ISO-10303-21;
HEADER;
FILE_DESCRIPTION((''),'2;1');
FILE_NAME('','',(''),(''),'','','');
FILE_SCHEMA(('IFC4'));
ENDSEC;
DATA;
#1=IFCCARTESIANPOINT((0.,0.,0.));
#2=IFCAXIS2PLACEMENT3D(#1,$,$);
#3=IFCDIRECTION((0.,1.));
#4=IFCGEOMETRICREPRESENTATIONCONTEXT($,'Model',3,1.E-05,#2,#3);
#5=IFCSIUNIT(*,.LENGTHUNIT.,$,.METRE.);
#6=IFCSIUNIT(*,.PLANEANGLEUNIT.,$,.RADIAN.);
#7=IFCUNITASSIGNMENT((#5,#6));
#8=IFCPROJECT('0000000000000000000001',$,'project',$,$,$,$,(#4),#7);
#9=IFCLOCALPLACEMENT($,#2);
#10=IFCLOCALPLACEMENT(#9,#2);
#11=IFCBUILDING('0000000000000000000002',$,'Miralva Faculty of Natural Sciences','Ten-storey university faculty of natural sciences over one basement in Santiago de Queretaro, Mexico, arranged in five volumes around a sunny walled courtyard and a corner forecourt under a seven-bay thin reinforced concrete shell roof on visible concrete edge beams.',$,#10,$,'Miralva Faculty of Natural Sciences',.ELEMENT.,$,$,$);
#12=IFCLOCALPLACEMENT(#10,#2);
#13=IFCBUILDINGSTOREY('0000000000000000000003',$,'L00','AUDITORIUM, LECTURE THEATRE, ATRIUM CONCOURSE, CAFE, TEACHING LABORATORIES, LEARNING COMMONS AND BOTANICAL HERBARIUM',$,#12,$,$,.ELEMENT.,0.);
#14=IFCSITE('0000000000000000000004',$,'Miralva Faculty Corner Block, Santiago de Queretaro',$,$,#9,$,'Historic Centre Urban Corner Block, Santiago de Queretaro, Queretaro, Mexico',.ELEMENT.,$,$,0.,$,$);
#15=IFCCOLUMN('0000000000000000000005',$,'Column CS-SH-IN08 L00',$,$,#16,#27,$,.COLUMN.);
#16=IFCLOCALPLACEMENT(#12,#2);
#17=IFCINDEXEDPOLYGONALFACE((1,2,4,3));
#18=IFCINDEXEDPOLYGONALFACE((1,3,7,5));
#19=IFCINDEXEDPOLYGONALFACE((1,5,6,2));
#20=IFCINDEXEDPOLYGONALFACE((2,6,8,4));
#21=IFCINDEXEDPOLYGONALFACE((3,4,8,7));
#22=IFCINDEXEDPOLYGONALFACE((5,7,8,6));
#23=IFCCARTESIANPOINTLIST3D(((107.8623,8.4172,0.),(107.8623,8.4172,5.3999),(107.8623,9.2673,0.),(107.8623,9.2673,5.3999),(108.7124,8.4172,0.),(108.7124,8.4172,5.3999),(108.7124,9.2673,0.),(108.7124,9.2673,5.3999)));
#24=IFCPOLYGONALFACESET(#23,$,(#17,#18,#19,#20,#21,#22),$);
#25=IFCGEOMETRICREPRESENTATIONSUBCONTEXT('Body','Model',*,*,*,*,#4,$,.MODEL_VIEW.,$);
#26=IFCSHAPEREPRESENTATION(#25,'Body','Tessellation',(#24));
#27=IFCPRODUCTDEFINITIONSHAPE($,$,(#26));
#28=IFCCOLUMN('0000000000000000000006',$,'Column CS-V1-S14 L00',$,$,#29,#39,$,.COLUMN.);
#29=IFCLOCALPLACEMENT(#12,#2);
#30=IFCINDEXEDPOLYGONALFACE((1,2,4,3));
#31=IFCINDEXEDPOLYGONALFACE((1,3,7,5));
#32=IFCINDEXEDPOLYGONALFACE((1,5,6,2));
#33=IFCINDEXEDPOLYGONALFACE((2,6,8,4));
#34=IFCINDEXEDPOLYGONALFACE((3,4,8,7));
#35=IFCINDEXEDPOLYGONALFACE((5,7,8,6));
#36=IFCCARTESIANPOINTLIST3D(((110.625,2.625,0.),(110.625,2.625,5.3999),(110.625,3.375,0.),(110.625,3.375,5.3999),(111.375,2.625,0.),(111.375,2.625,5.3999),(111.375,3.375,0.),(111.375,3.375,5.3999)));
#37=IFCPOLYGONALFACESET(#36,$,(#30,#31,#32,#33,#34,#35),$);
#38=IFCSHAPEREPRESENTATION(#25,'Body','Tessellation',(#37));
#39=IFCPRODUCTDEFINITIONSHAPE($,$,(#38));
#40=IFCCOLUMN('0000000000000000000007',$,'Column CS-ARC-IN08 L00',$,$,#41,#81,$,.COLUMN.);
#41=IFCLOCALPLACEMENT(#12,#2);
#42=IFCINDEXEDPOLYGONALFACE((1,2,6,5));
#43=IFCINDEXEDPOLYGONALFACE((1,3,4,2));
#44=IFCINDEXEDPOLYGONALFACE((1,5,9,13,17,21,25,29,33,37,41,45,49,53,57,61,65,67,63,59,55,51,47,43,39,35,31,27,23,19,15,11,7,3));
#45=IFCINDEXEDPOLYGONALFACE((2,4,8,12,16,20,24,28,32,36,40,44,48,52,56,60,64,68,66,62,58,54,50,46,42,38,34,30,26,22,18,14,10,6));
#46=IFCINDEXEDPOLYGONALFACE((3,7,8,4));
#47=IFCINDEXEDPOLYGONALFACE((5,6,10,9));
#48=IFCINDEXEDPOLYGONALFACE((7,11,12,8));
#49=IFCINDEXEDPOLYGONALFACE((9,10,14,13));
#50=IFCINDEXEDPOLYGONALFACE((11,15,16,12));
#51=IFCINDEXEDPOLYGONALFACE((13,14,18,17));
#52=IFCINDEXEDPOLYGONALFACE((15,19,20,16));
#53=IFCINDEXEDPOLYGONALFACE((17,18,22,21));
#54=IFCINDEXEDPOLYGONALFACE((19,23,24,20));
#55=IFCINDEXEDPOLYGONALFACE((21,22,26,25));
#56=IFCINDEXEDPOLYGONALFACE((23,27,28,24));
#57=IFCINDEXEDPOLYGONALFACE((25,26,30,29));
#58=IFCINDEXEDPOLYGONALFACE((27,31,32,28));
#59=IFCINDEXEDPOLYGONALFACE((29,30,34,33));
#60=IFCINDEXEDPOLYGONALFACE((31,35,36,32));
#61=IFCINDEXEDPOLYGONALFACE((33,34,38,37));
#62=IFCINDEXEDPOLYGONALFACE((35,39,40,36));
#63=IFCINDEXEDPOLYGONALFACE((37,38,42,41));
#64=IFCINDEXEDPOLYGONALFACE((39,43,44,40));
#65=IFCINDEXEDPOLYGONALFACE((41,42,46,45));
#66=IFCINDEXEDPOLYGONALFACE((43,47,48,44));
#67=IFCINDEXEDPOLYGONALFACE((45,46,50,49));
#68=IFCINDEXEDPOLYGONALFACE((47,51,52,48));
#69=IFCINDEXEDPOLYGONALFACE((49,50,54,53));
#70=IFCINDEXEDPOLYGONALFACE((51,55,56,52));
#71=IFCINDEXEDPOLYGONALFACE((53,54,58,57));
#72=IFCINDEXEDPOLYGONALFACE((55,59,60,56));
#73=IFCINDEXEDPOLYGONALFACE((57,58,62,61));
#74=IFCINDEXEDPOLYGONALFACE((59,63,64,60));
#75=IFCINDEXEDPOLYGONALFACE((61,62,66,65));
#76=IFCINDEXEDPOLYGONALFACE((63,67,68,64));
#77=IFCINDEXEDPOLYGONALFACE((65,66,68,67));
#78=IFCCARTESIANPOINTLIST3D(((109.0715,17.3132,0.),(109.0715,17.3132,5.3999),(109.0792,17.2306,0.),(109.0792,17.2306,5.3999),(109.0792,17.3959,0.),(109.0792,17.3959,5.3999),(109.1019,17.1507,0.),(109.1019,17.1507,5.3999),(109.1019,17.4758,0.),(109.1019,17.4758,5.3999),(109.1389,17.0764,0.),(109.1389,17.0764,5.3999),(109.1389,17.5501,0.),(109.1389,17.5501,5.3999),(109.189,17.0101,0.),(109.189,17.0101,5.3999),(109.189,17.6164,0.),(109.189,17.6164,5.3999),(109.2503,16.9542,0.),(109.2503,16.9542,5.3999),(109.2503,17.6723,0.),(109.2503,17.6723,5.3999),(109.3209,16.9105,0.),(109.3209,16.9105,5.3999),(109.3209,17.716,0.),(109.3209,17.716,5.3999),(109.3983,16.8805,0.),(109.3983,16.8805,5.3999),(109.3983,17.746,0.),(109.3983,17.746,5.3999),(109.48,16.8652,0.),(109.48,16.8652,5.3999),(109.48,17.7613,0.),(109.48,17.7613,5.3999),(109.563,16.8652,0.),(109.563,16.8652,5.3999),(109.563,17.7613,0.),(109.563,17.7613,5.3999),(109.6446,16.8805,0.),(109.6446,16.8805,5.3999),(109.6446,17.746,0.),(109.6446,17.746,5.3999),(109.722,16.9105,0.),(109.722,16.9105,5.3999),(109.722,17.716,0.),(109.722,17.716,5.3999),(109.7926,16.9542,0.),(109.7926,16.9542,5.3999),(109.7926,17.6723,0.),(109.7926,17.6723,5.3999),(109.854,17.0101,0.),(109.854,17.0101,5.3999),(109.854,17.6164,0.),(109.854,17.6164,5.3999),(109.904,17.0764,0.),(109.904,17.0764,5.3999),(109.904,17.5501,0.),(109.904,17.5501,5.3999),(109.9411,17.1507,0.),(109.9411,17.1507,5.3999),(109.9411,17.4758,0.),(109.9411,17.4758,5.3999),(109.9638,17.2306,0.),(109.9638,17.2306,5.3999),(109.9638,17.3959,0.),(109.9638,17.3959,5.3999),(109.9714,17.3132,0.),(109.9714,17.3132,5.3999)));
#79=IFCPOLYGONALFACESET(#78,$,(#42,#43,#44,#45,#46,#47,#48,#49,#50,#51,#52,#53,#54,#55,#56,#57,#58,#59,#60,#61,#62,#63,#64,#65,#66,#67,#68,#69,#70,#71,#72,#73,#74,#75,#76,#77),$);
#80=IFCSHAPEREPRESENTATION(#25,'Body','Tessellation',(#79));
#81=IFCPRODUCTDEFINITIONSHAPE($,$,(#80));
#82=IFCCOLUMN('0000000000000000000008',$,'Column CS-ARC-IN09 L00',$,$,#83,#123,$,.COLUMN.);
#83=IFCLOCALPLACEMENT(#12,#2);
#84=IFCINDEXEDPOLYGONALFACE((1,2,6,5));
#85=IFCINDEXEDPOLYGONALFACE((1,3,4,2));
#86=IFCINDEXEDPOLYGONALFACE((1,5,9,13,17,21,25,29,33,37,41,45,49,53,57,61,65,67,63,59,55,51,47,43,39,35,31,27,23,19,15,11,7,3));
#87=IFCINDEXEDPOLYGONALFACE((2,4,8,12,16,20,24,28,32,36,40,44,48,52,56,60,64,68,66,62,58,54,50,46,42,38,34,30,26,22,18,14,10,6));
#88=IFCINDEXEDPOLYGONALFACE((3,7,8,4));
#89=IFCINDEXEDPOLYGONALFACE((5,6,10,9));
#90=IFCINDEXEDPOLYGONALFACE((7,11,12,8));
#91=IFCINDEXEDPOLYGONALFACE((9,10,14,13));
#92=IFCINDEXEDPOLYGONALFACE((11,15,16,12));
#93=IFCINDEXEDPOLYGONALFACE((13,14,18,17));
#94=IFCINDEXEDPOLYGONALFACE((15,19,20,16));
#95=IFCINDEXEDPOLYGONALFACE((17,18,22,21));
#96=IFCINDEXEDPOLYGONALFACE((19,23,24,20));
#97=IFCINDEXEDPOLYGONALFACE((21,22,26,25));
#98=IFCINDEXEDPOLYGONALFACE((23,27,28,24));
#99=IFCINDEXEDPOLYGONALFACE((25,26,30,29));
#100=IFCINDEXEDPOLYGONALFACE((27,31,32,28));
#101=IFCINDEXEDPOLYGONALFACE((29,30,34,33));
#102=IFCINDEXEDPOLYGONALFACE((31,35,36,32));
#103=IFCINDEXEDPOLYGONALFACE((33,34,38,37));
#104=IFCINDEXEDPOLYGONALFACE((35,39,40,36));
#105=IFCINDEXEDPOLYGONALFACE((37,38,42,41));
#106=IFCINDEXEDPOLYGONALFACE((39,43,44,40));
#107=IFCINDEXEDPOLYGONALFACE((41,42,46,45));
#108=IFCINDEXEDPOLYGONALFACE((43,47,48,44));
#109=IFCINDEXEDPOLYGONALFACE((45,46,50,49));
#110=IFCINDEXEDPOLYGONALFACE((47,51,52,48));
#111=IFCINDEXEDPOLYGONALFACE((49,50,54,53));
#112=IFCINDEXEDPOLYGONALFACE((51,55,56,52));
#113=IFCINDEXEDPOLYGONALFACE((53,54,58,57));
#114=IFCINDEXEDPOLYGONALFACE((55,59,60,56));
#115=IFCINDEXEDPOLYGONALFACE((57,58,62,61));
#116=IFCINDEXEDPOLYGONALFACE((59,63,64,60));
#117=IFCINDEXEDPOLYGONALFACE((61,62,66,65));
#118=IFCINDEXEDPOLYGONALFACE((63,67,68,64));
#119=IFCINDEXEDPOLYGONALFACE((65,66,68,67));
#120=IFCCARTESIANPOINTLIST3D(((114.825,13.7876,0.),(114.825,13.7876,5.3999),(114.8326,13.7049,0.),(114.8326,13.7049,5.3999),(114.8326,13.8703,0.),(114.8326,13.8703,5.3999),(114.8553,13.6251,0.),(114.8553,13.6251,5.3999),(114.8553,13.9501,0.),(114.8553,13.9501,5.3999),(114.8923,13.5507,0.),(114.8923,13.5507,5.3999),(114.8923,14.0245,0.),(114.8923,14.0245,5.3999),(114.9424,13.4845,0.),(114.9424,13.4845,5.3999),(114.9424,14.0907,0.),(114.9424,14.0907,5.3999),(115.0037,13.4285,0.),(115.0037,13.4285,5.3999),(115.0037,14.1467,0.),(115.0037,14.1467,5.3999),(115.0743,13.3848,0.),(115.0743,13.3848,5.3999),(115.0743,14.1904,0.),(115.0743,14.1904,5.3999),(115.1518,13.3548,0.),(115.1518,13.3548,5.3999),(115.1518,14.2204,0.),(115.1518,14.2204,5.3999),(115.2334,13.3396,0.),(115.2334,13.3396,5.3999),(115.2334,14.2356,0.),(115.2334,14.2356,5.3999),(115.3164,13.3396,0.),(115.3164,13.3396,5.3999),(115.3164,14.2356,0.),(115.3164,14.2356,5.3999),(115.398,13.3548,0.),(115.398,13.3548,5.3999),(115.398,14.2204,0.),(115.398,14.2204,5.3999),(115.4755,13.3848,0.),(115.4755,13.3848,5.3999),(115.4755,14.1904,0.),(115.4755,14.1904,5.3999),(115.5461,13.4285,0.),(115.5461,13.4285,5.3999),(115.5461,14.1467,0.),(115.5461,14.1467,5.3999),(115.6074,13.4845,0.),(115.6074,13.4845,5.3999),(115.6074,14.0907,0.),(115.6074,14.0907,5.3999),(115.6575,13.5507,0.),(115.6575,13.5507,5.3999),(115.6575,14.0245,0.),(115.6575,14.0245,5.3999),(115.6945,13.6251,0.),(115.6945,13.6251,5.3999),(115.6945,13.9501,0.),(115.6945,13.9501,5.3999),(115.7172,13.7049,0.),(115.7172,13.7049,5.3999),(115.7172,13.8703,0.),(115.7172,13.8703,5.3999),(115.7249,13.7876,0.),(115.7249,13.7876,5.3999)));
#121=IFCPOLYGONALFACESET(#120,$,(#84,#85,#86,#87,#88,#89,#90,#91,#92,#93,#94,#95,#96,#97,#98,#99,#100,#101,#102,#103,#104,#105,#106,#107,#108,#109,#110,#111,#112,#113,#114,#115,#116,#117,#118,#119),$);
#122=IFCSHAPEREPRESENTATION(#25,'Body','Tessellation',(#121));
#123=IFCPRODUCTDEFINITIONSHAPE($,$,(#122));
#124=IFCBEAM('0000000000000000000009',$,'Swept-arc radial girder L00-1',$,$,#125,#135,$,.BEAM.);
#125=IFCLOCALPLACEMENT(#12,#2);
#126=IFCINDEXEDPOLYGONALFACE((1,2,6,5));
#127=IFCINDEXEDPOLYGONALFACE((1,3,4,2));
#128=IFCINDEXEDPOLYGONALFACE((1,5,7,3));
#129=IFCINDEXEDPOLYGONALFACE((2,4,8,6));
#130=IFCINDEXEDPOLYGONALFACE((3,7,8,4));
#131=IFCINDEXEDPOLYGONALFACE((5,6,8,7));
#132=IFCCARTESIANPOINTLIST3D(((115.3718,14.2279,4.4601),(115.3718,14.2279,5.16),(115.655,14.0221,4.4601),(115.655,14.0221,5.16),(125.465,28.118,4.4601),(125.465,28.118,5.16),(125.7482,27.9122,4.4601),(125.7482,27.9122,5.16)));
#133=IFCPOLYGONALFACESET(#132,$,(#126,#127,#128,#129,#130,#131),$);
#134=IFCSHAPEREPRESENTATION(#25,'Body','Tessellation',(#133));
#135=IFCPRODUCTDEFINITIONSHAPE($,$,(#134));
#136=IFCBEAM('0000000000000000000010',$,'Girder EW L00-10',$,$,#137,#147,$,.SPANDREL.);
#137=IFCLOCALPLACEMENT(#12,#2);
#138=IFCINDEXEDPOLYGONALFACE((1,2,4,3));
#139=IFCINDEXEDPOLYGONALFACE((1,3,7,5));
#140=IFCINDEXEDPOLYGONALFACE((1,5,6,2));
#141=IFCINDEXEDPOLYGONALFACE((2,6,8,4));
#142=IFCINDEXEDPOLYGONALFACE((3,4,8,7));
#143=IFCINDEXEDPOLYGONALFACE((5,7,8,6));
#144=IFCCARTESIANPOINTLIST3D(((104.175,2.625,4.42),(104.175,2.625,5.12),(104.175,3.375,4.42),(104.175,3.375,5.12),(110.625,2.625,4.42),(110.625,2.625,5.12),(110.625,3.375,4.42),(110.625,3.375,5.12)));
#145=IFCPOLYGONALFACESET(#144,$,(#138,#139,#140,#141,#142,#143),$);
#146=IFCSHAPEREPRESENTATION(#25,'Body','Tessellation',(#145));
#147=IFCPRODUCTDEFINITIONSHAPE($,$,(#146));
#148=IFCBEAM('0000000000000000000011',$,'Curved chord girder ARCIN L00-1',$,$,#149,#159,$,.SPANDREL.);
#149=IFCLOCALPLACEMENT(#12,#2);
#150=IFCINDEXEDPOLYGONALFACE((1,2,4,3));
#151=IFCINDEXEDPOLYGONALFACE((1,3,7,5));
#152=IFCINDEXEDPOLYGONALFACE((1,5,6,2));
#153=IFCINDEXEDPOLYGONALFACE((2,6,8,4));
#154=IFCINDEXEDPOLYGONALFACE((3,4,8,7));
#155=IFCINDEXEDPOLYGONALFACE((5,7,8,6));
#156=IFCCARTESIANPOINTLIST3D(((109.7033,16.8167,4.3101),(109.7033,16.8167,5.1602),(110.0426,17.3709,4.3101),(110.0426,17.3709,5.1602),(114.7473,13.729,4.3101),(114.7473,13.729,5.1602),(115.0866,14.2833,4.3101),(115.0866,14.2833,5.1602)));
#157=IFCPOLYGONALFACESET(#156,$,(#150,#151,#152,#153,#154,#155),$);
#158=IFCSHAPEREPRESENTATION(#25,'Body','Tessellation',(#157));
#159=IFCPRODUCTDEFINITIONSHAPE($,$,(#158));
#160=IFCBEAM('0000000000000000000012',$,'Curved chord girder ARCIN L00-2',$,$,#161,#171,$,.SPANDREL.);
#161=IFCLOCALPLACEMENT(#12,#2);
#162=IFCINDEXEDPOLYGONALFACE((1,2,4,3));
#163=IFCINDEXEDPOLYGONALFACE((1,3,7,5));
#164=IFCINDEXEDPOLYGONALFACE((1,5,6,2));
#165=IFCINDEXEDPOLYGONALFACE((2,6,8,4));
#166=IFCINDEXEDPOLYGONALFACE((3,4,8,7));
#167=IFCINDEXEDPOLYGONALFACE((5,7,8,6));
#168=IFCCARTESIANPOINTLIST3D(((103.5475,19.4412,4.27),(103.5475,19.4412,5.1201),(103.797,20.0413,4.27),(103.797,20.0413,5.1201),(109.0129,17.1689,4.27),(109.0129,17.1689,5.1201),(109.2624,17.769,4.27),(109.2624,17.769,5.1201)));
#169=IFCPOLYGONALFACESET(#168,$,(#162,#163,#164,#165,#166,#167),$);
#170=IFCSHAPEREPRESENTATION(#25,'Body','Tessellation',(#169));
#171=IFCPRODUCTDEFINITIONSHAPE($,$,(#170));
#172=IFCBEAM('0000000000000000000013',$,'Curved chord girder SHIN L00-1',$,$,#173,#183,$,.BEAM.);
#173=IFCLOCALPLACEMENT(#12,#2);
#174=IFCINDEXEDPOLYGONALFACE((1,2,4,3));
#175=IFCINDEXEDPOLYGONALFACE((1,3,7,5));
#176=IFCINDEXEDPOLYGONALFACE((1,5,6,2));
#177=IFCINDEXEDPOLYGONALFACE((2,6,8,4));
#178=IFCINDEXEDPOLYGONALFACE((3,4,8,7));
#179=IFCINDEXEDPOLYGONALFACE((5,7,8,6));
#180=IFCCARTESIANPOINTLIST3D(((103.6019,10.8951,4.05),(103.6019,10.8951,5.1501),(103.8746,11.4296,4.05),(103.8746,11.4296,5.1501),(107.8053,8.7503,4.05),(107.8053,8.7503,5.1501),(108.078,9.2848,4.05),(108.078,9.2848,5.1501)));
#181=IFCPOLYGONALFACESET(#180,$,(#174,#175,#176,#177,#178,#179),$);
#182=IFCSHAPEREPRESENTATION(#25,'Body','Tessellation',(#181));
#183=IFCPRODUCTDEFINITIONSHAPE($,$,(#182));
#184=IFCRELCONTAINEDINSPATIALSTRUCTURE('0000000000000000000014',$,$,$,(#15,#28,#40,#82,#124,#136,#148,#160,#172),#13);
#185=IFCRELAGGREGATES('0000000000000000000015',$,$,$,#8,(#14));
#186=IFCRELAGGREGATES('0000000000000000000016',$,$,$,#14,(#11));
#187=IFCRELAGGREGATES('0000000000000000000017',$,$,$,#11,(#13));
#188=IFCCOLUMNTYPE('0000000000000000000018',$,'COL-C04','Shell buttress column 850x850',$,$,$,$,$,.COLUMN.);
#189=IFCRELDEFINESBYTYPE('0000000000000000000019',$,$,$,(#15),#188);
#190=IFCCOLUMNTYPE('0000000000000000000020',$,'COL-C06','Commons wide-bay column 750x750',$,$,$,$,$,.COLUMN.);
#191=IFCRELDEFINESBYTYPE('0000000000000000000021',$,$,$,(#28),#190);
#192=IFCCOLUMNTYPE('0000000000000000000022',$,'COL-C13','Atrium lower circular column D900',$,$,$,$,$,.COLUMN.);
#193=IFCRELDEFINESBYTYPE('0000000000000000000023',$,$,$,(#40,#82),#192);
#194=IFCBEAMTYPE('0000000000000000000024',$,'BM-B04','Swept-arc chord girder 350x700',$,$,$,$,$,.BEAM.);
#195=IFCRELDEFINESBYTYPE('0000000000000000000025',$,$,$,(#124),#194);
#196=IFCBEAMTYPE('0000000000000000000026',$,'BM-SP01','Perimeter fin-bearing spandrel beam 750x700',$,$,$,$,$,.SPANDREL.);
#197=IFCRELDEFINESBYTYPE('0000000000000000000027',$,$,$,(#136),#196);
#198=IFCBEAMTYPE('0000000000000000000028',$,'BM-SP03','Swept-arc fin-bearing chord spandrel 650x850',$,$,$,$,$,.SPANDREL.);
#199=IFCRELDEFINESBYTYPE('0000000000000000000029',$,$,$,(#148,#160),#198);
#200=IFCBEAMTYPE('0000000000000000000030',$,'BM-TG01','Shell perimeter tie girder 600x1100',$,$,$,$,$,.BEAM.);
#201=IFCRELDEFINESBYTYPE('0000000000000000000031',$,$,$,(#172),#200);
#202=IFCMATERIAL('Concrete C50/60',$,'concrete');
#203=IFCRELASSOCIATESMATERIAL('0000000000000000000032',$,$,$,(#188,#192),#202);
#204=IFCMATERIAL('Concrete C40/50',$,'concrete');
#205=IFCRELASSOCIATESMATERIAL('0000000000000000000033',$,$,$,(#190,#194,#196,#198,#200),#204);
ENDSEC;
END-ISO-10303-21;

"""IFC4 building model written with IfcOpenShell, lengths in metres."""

from ifc_helpers import new_model, si_unit, direction, frame, origin, origin_2d, place, context, subcontext, project, spatial, rectangle, circle, extrude, material, material_profile, profile_set, type_object, element, save


model = new_model("IFC4")

# Units and contexts
model_context = context("Model", 3, precision=1e-05, world=origin(), true_north=direction((0.0, 1.0)))
body_context = subcontext(model_context, "Body", "Model", "MODEL_VIEW")
ifc_project = project(units=[si_unit("LENGTHUNIT", "METRE"), si_unit("PLANEANGLEUNIT", "RADIAN")], contexts=[model_context])

# Site, building, storey
site_placement = place(None, origin())
site = spatial("IfcSite", under=ifc_project, at=site_placement, Name="Miralva Faculty Corner Block, Santiago de Queretaro", LongName="Historic Centre Urban Corner Block, Santiago de Queretaro, Queretaro, Mexico", CompositionType="ELEMENT", RefElevation=0.0)
building_placement = place(site_placement, origin())
building = spatial("IfcBuilding", under=site, at=building_placement, Name="Miralva Faculty of Natural Sciences", Description="Ten-storey university faculty of natural sciences over one basement in Santiago de Queretaro, Mexico, arranged in five volumes around a sunny walled courtyard and a corner forecourt under a seven-bay thin reinforced concrete shell roof on visible concrete edge beams.", LongName="Miralva Faculty of Natural Sciences", CompositionType="ELEMENT")
storey_placement = place(building_placement, origin())
storey = spatial("IfcBuildingStorey", under=building, at=storey_placement, Name="L00", Description="AUDITORIUM, LECTURE THEATRE, ATRIUM CONCOURSE, CAFE, TEACHING LABORATORIES, LEARNING COMMONS AND BOTANICAL HERBARIUM", CompositionType="ELEMENT", Elevation=0.0)

# Columns
ifc_material_1 = material(Name="Concrete C50/60", Category="concrete")
ifc_material_profile_1 = material_profile(ifc_material_1, rectangle(XDim=0.8501, YDim=0.8501, at=origin_2d()), Name="RC 850x850")
ifc_profile_set_1 = profile_set([ifc_material_profile_1], Name="Concrete C50/60")
column_type_1 = type_object("IfcColumnType", Name="COL-C04", Description="Shell buttress column 850x850", PredefinedType="COLUMN", material=ifc_profile_set_1)
column_1_placement = place(storey_placement, frame((108.2874, 8.8423, 0.0), z_axis=(0.0, 0.0, 1.0), x_axis=(1.0, 0.0, 0.0)))
element("IfcColumn", 1, at=column_1_placement, inside=storey, type_object=column_type_1, Name="Column CS-SH-IN08 L00", PredefinedType="COLUMN", context=body_context, shape_type="SweptSolid", body=[
    extrude(rectangle(XDim=0.8501, YDim=0.8501, at=origin_2d()), origin(), (0.0, 0.0, 1.0), 5.3999),
])
ifc_material_2 = material(Name="Concrete C40/50", Category="concrete")
ifc_material_profile_2 = material_profile(ifc_material_2, rectangle(XDim=0.75, YDim=0.75, at=origin_2d()), Name="RC 750x750")
ifc_profile_set_2 = profile_set([ifc_material_profile_2], Name="Concrete C40/50")
column_type_2 = type_object("IfcColumnType", Name="COL-C06", Description="Commons wide-bay column 750x750", PredefinedType="COLUMN", material=ifc_profile_set_2)
column_2_placement = place(storey_placement, frame((111.0, 3.0, 0.0), z_axis=(0.0, 0.0, 1.0), x_axis=(1.0, 0.0, 0.0)))
element("IfcColumn", 2, at=column_2_placement, inside=storey, type_object=column_type_2, Name="Column CS-V1-S14 L00", PredefinedType="COLUMN", context=body_context, shape_type="SweptSolid", body=[
    extrude(rectangle(XDim=0.75, YDim=0.75, at=origin_2d()), origin(), (0.0, 0.0, 1.0), 5.3999),
])
ifc_material_profile_3 = material_profile(ifc_material_1, circle(Radius=0.45, at=origin_2d()), Name="RC DIA 900")
ifc_profile_set_3 = profile_set([ifc_material_profile_3], Name="Concrete C50/60")
column_type_3 = type_object("IfcColumnType", Name="COL-C13", Description="Atrium lower circular column D900", PredefinedType="COLUMN", material=ifc_profile_set_3)
for number, where, z_axis, x_axis, name in (
    (3, (109.5215, 17.3132, 0.0), (0.0, 0.0, 1.0), (1.0, 0.0, 0.0), "Column CS-ARC-IN08 L00"),
    (4, (115.2749, 13.7876, 0.0), (0.0, 0.0, 1.0), (1.0, 0.0, 0.0), "Column CS-ARC-IN09 L00"),
):
    element("IfcColumn", number, at=place(storey_placement, frame(where, z_axis=z_axis, x_axis=x_axis)), inside=storey, type_object=column_type_3, Name=name, PredefinedType="COLUMN", context=body_context, shape_type="SweptSolid", body=[
        extrude(circle(Radius=0.45, at=origin_2d()), origin(), (0.0, 0.0, 1.0), 5.3999),
    ])

# Beams
ifc_material_profile_4 = material_profile(ifc_material_2, rectangle(XDim=0.3501, YDim=0.7, at=origin_2d()), Name="RC 350x700")
ifc_profile_set_4 = profile_set([ifc_material_profile_4], Name="Concrete C40/50")
beam_type_1 = type_object("IfcBeamType", Name="BM-B04", Description="Swept-arc chord girder 350x700", PredefinedType="BEAM", material=ifc_profile_set_4)
beam_1_placement = place(storey_placement, frame((115.5134, 14.125, 4.8101), z_axis=(0.587842, 0.808976, 0.0), x_axis=(-0.808976, 0.587842, 0.0)))
element("IfcBeam", 5, at=beam_1_placement, inside=storey, type_object=beam_type_1, Name="Swept-arc radial girder L00-1", PredefinedType="BEAM", context=body_context, shape_type="SweptSolid", body=[
    extrude(rectangle(XDim=0.3501, YDim=0.7, at=origin_2d()), origin(), (0.0, 0.0, 1.0), 17.1699),
])
ifc_material_profile_5 = material_profile(ifc_material_2, rectangle(XDim=0.75, YDim=0.7, at=origin_2d()), Name="RC 750x700")
ifc_profile_set_5 = profile_set([ifc_material_profile_5], Name="Concrete C40/50")
beam_type_2 = type_object("IfcBeamType", Name="BM-SP01", Description="Perimeter fin-bearing spandrel beam 750x700", PredefinedType="SPANDREL", material=ifc_profile_set_5)
beam_2_placement = place(storey_placement, frame((104.175, 3.0, 4.77), z_axis=(1.0, 0.0, 0.0), x_axis=(0.0, 1.0, 0.0)))
element("IfcBeam", 6, at=beam_2_placement, inside=storey, type_object=beam_type_2, Name="Girder EW L00-10", PredefinedType="SPANDREL", context=body_context, shape_type="SweptSolid", body=[
    extrude(rectangle(XDim=0.75, YDim=0.7, at=origin_2d()), origin(), (0.0, 0.0, 1.0), 6.45),
])
ifc_material_profile_6 = material_profile(ifc_material_2, rectangle(XDim=0.6499, YDim=0.8501, at=origin_2d()), Name="RC 650x850")
ifc_profile_set_6 = profile_set([ifc_material_profile_6], Name="Concrete C40/50")
beam_type_3 = type_object("IfcBeamType", Name="BM-SP03", Description="Swept-arc fin-bearing chord spandrel 650x850", PredefinedType="SPANDREL", material=ifc_profile_set_6)
beam_3_placement = place(storey_placement, frame((114.917, 14.0061, 4.7351), z_axis=(-0.852888, 0.522094, 0.0), x_axis=(-0.522094, -0.852888, 0.0)))
element("IfcBeam", 7, at=beam_3_placement, inside=storey, type_object=beam_type_3, Name="Curved chord girder ARCIN L00-1", PredefinedType="SPANDREL", context=body_context, shape_type="SweptSolid", body=[
    extrude(rectangle(XDim=0.6499, YDim=0.8501, at=origin_2d()), origin(), (0.0, 0.0, 1.0), 5.9141),
])
beam_4_placement = place(storey_placement, frame((109.1377, 17.469, 4.6951), z_axis=(-0.923377, 0.383895, 0.0), x_axis=(-0.383895, -0.923377, 0.0)))
element("IfcBeam", 8, at=beam_4_placement, inside=storey, type_object=beam_type_3, Name="Curved chord girder ARCIN L00-2", PredefinedType="SPANDREL", context=body_context, shape_type="SweptSolid", body=[
    extrude(rectangle(XDim=0.6499, YDim=0.8501, at=origin_2d()), origin(), (0.0, 0.0, 1.0), 5.9189),
])
ifc_material_profile_7 = material_profile(ifc_material_2, rectangle(XDim=0.6001, YDim=1.1001, at=origin_2d()), Name="RC 600x1100")
ifc_profile_set_7 = profile_set([ifc_material_profile_7], Name="Concrete C40/50")
beam_type_4 = type_object("IfcBeamType", Name="BM-TG01", Description="Shell perimeter tie girder 600x1100", PredefinedType="BEAM", material=ifc_profile_set_7)
beam_5_placement = place(storey_placement, frame((107.9417, 9.0176, 4.6001), z_axis=(-0.890745, 0.454504, 0.0), x_axis=(-0.454504, -0.890745, 0.0)))
element("IfcBeam", 9, at=beam_5_placement, inside=storey, type_object=beam_type_4, Name="Curved chord girder SHIN L00-1", PredefinedType="BEAM", context=body_context, shape_type="SweptSolid", body=[
    extrude(rectangle(XDim=0.6001, YDim=1.1001, at=origin_2d()), origin(), (0.0, 0.0, 1.0), 4.719),
])

save(model, "model.ifc")
